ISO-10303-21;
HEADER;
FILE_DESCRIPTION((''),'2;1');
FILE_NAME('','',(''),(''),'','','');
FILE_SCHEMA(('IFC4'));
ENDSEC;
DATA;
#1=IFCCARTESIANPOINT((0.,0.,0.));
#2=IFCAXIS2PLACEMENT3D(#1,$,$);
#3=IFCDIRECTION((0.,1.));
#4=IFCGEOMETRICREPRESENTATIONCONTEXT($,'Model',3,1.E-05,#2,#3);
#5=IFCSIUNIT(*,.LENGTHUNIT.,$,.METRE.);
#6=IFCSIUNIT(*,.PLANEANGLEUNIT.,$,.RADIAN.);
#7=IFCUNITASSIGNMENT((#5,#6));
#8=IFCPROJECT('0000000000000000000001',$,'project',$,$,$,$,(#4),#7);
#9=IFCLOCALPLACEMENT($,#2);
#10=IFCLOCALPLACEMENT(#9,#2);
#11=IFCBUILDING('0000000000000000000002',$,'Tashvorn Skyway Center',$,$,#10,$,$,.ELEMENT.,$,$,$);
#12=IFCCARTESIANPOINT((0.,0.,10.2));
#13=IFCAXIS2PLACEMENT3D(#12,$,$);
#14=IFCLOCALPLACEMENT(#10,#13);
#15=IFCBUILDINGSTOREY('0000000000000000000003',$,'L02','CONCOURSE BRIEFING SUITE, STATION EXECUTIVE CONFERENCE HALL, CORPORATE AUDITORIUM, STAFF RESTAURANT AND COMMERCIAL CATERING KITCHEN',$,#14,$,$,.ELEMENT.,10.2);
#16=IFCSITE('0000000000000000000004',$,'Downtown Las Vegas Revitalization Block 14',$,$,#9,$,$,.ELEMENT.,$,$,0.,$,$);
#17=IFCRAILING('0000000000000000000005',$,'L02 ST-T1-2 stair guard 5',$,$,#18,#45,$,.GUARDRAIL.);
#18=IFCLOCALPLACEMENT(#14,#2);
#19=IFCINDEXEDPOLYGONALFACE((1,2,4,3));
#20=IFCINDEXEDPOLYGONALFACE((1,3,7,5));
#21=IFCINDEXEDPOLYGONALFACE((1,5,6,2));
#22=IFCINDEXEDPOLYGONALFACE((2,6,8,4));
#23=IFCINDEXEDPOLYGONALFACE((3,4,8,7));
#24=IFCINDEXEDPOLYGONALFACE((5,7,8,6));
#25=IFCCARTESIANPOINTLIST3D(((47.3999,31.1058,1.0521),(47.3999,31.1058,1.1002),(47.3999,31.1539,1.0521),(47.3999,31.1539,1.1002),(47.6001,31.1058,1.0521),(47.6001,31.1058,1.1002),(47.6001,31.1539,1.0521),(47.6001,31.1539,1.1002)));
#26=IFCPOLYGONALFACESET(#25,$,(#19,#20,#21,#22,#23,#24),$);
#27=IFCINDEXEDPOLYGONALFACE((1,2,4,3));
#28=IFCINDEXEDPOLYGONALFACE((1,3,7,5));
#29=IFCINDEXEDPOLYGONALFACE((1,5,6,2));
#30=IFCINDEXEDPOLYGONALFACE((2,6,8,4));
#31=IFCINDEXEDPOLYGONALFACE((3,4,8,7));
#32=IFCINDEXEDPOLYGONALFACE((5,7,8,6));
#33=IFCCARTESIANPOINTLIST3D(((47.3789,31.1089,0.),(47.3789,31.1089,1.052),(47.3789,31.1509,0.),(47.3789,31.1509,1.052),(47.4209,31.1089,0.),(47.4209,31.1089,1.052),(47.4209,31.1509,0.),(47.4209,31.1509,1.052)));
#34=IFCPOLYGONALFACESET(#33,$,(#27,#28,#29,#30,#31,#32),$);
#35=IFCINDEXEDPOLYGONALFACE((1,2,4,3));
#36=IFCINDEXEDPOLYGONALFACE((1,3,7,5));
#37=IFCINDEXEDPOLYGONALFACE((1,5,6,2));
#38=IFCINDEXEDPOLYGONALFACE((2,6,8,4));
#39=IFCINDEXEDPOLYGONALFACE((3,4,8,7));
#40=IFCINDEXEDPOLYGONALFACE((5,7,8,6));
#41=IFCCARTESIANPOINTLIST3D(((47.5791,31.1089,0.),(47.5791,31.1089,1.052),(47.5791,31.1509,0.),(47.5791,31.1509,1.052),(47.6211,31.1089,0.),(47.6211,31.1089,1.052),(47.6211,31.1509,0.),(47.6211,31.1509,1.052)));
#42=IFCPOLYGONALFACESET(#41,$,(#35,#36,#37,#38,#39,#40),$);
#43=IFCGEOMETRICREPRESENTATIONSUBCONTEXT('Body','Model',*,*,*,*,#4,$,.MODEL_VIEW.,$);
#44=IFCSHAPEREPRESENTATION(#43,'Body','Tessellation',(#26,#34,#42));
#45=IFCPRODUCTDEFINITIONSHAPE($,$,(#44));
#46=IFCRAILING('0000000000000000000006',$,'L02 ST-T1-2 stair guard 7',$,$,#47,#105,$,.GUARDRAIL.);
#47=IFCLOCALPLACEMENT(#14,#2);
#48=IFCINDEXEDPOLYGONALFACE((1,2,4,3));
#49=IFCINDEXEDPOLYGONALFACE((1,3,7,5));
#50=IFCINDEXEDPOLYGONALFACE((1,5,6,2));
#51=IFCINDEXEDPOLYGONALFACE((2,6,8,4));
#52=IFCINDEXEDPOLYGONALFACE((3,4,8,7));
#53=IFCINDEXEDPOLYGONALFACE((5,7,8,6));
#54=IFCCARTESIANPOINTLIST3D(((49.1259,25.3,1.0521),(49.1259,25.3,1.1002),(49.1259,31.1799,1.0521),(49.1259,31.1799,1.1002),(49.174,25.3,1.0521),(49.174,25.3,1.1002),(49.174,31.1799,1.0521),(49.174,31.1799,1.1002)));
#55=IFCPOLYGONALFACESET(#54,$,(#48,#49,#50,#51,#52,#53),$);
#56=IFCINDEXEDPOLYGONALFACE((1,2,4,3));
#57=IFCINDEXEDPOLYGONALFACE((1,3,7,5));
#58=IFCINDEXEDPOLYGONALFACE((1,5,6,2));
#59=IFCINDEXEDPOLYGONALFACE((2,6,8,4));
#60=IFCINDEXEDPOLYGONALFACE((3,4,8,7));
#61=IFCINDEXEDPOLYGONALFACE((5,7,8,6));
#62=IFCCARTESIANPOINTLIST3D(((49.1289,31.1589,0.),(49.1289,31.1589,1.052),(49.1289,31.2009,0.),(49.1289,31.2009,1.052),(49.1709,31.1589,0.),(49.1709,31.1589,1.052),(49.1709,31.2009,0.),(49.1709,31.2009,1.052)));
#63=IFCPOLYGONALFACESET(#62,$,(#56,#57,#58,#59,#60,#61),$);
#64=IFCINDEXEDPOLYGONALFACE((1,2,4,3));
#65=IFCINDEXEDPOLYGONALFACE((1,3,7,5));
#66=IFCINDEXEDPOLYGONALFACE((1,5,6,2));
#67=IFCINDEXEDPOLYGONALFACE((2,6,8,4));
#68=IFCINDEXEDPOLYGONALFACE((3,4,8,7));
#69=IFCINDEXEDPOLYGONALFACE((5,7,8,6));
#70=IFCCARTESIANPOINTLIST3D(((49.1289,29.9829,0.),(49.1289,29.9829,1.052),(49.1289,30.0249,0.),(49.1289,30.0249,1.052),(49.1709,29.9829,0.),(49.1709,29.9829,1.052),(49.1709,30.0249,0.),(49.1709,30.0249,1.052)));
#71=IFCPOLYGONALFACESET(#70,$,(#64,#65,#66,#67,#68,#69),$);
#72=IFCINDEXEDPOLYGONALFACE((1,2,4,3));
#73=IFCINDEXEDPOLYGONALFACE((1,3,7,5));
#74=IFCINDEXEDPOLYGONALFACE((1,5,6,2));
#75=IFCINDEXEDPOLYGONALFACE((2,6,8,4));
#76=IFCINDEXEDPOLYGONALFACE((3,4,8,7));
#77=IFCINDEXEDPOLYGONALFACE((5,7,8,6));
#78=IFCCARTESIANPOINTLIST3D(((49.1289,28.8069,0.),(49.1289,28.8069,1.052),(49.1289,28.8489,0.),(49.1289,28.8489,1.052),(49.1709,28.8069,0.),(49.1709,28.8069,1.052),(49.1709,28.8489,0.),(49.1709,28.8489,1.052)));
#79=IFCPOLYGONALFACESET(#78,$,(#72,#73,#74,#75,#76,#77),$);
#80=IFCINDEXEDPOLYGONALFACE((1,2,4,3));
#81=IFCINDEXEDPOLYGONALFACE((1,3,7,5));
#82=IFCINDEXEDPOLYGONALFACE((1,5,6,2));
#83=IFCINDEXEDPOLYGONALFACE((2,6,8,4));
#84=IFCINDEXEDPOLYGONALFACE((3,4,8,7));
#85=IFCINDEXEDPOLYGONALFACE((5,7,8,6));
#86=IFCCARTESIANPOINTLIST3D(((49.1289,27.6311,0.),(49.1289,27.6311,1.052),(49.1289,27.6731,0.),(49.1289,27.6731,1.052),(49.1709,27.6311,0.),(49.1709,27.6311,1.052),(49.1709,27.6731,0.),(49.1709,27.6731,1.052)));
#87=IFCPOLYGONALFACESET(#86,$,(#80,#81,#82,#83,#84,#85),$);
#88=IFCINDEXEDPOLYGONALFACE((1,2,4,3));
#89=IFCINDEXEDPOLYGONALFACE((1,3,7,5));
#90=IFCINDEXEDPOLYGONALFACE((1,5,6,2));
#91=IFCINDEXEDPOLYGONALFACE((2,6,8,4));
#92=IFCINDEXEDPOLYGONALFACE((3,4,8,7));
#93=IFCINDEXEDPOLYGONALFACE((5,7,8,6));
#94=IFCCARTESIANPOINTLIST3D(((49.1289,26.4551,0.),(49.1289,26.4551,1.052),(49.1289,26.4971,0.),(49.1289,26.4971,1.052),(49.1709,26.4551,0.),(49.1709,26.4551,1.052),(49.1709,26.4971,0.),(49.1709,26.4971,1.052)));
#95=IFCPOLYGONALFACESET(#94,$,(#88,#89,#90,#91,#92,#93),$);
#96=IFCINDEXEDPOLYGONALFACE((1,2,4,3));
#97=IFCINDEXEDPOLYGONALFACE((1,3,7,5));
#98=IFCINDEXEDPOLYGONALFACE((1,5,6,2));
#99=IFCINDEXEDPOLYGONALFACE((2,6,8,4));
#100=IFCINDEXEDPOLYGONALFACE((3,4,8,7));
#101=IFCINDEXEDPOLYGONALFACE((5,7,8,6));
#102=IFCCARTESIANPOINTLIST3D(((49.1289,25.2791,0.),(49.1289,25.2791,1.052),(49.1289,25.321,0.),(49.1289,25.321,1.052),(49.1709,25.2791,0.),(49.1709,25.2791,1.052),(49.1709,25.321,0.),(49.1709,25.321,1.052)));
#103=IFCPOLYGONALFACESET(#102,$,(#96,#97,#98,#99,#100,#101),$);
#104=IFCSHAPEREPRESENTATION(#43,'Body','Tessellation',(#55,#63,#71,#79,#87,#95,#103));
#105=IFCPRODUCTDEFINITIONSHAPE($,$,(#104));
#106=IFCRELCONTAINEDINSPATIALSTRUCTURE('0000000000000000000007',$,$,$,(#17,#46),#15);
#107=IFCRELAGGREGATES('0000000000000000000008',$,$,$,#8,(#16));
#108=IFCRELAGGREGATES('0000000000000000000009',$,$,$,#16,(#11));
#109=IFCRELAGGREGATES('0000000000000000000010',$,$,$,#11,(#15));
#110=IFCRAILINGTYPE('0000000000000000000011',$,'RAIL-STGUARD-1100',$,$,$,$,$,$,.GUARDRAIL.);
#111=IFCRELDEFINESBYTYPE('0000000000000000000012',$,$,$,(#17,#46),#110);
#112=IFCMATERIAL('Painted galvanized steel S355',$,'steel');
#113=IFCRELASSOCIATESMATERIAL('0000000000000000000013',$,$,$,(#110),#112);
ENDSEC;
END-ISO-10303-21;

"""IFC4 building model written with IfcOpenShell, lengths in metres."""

from ifc_helpers import new_model, si_unit, direction, frame, origin, origin_2d, place, context, subcontext, project, spatial, rectangle, extrude, material, type_object, element, save


model = new_model("IFC4")

# Units and contexts
model_context = context("Model", 3, precision=1e-05, world=origin(), true_north=direction((0.0, 1.0)))
body_context = subcontext(model_context, "Body", "Model", "MODEL_VIEW")
ifc_project = project(units=[si_unit("LENGTHUNIT", "METRE"), si_unit("PLANEANGLEUNIT", "RADIAN")], contexts=[model_context])

# Site, building, storey
site_placement = place(None, origin())
site = spatial("IfcSite", under=ifc_project, at=site_placement, Name="Downtown Las Vegas Revitalization Block 14", CompositionType="ELEMENT", RefElevation=0.0)
building_placement = place(site_placement, origin())
building = spatial("IfcBuilding", under=site, at=building_placement, Name="Tashvorn Skyway Center", CompositionType="ELEMENT")
storey_placement = place(building_placement, frame((0.0, 0.0, 10.2)))
storey = spatial("IfcBuildingStorey", under=building, at=storey_placement, Name="L02", Description="CONCOURSE BRIEFING SUITE, STATION EXECUTIVE CONFERENCE HALL, CORPORATE AUDITORIUM, STAFF RESTAURANT AND COMMERCIAL CATERING KITCHEN", CompositionType="ELEMENT", Elevation=10.2)

# Railings
ifc_material_1 = material(Name="Painted galvanized steel S355", Category="steel")
railing_type_1 = type_object("IfcRailingType", Name="RAIL-STGUARD-1100", PredefinedType="GUARDRAIL", material=ifc_material_1)
railing_1_placement = place(storey_placement, frame((47.3999, 31.1299, 0.0)))
element("IfcRailing", 1, at=railing_1_placement, inside=storey, type_object=railing_type_1, Name="L02 ST-T1-2 stair guard 5", PredefinedType="GUARDRAIL", context=body_context, shape_type="SweptSolid", body=[
    extrude(rectangle(XDim=0.0481, YDim=0.0481, at=origin_2d()), frame((0.0, 0.0, 1.0762), z_axis=(1.0, 0.0, 0.0), x_axis=(0.0, 1.0, 0.0)), (0.0, 0.0, 1.0), 0.2002),
    extrude(rectangle(XDim=0.042, YDim=0.042, at=origin_2d()), origin(), (0.0, 0.0, 1.0), 1.052),
    extrude(rectangle(XDim=0.042, YDim=0.042, at=origin_2d()), frame((0.2002, 0.0, 0.0)), (0.0, 0.0, 1.0), 1.052),
])
railing_2_placement = place(storey_placement, frame((49.1499, 31.1799, 0.0)))
element("IfcRailing", 2, at=railing_2_placement, inside=storey, type_object=railing_type_1, Name="L02 ST-T1-2 stair guard 7", PredefinedType="GUARDRAIL", context=body_context, shape_type="SweptSolid", body=[
    extrude(rectangle(XDim=0.0481, YDim=0.0481, at=origin_2d()), frame((0.0, 0.0, 1.0762), z_axis=(0.0, -1.0, 0.0), x_axis=(1.0, 0.0, 0.0)), (0.0, 0.0, 1.0), 5.8799),
    extrude(rectangle(XDim=0.042, YDim=0.042, at=origin_2d()), origin(), (0.0, 0.0, 1.0), 1.052),
    extrude(rectangle(XDim=0.042, YDim=0.042, at=origin_2d()), frame((0.0, -1.176, 0.0)), (0.0, 0.0, 1.0), 1.052),
    extrude(rectangle(XDim=0.042, YDim=0.042, at=origin_2d()), frame((0.0, -2.3521, 0.0)), (0.0, 0.0, 1.0), 1.052),
    extrude(rectangle(XDim=0.042, YDim=0.042, at=origin_2d()), frame((0.0, -3.5278, 0.0)), (0.0, 0.0, 1.0), 1.052),
    extrude(rectangle(XDim=0.042, YDim=0.042, at=origin_2d()), frame((0.0, -4.7039, 0.0)), (0.0, 0.0, 1.0), 1.052),
    extrude(rectangle(XDim=0.042, YDim=0.042, at=origin_2d()), frame((0.0, -5.8799, 0.0)), (0.0, 0.0, 1.0), 1.052),
])

save(model, "model.ifc")
